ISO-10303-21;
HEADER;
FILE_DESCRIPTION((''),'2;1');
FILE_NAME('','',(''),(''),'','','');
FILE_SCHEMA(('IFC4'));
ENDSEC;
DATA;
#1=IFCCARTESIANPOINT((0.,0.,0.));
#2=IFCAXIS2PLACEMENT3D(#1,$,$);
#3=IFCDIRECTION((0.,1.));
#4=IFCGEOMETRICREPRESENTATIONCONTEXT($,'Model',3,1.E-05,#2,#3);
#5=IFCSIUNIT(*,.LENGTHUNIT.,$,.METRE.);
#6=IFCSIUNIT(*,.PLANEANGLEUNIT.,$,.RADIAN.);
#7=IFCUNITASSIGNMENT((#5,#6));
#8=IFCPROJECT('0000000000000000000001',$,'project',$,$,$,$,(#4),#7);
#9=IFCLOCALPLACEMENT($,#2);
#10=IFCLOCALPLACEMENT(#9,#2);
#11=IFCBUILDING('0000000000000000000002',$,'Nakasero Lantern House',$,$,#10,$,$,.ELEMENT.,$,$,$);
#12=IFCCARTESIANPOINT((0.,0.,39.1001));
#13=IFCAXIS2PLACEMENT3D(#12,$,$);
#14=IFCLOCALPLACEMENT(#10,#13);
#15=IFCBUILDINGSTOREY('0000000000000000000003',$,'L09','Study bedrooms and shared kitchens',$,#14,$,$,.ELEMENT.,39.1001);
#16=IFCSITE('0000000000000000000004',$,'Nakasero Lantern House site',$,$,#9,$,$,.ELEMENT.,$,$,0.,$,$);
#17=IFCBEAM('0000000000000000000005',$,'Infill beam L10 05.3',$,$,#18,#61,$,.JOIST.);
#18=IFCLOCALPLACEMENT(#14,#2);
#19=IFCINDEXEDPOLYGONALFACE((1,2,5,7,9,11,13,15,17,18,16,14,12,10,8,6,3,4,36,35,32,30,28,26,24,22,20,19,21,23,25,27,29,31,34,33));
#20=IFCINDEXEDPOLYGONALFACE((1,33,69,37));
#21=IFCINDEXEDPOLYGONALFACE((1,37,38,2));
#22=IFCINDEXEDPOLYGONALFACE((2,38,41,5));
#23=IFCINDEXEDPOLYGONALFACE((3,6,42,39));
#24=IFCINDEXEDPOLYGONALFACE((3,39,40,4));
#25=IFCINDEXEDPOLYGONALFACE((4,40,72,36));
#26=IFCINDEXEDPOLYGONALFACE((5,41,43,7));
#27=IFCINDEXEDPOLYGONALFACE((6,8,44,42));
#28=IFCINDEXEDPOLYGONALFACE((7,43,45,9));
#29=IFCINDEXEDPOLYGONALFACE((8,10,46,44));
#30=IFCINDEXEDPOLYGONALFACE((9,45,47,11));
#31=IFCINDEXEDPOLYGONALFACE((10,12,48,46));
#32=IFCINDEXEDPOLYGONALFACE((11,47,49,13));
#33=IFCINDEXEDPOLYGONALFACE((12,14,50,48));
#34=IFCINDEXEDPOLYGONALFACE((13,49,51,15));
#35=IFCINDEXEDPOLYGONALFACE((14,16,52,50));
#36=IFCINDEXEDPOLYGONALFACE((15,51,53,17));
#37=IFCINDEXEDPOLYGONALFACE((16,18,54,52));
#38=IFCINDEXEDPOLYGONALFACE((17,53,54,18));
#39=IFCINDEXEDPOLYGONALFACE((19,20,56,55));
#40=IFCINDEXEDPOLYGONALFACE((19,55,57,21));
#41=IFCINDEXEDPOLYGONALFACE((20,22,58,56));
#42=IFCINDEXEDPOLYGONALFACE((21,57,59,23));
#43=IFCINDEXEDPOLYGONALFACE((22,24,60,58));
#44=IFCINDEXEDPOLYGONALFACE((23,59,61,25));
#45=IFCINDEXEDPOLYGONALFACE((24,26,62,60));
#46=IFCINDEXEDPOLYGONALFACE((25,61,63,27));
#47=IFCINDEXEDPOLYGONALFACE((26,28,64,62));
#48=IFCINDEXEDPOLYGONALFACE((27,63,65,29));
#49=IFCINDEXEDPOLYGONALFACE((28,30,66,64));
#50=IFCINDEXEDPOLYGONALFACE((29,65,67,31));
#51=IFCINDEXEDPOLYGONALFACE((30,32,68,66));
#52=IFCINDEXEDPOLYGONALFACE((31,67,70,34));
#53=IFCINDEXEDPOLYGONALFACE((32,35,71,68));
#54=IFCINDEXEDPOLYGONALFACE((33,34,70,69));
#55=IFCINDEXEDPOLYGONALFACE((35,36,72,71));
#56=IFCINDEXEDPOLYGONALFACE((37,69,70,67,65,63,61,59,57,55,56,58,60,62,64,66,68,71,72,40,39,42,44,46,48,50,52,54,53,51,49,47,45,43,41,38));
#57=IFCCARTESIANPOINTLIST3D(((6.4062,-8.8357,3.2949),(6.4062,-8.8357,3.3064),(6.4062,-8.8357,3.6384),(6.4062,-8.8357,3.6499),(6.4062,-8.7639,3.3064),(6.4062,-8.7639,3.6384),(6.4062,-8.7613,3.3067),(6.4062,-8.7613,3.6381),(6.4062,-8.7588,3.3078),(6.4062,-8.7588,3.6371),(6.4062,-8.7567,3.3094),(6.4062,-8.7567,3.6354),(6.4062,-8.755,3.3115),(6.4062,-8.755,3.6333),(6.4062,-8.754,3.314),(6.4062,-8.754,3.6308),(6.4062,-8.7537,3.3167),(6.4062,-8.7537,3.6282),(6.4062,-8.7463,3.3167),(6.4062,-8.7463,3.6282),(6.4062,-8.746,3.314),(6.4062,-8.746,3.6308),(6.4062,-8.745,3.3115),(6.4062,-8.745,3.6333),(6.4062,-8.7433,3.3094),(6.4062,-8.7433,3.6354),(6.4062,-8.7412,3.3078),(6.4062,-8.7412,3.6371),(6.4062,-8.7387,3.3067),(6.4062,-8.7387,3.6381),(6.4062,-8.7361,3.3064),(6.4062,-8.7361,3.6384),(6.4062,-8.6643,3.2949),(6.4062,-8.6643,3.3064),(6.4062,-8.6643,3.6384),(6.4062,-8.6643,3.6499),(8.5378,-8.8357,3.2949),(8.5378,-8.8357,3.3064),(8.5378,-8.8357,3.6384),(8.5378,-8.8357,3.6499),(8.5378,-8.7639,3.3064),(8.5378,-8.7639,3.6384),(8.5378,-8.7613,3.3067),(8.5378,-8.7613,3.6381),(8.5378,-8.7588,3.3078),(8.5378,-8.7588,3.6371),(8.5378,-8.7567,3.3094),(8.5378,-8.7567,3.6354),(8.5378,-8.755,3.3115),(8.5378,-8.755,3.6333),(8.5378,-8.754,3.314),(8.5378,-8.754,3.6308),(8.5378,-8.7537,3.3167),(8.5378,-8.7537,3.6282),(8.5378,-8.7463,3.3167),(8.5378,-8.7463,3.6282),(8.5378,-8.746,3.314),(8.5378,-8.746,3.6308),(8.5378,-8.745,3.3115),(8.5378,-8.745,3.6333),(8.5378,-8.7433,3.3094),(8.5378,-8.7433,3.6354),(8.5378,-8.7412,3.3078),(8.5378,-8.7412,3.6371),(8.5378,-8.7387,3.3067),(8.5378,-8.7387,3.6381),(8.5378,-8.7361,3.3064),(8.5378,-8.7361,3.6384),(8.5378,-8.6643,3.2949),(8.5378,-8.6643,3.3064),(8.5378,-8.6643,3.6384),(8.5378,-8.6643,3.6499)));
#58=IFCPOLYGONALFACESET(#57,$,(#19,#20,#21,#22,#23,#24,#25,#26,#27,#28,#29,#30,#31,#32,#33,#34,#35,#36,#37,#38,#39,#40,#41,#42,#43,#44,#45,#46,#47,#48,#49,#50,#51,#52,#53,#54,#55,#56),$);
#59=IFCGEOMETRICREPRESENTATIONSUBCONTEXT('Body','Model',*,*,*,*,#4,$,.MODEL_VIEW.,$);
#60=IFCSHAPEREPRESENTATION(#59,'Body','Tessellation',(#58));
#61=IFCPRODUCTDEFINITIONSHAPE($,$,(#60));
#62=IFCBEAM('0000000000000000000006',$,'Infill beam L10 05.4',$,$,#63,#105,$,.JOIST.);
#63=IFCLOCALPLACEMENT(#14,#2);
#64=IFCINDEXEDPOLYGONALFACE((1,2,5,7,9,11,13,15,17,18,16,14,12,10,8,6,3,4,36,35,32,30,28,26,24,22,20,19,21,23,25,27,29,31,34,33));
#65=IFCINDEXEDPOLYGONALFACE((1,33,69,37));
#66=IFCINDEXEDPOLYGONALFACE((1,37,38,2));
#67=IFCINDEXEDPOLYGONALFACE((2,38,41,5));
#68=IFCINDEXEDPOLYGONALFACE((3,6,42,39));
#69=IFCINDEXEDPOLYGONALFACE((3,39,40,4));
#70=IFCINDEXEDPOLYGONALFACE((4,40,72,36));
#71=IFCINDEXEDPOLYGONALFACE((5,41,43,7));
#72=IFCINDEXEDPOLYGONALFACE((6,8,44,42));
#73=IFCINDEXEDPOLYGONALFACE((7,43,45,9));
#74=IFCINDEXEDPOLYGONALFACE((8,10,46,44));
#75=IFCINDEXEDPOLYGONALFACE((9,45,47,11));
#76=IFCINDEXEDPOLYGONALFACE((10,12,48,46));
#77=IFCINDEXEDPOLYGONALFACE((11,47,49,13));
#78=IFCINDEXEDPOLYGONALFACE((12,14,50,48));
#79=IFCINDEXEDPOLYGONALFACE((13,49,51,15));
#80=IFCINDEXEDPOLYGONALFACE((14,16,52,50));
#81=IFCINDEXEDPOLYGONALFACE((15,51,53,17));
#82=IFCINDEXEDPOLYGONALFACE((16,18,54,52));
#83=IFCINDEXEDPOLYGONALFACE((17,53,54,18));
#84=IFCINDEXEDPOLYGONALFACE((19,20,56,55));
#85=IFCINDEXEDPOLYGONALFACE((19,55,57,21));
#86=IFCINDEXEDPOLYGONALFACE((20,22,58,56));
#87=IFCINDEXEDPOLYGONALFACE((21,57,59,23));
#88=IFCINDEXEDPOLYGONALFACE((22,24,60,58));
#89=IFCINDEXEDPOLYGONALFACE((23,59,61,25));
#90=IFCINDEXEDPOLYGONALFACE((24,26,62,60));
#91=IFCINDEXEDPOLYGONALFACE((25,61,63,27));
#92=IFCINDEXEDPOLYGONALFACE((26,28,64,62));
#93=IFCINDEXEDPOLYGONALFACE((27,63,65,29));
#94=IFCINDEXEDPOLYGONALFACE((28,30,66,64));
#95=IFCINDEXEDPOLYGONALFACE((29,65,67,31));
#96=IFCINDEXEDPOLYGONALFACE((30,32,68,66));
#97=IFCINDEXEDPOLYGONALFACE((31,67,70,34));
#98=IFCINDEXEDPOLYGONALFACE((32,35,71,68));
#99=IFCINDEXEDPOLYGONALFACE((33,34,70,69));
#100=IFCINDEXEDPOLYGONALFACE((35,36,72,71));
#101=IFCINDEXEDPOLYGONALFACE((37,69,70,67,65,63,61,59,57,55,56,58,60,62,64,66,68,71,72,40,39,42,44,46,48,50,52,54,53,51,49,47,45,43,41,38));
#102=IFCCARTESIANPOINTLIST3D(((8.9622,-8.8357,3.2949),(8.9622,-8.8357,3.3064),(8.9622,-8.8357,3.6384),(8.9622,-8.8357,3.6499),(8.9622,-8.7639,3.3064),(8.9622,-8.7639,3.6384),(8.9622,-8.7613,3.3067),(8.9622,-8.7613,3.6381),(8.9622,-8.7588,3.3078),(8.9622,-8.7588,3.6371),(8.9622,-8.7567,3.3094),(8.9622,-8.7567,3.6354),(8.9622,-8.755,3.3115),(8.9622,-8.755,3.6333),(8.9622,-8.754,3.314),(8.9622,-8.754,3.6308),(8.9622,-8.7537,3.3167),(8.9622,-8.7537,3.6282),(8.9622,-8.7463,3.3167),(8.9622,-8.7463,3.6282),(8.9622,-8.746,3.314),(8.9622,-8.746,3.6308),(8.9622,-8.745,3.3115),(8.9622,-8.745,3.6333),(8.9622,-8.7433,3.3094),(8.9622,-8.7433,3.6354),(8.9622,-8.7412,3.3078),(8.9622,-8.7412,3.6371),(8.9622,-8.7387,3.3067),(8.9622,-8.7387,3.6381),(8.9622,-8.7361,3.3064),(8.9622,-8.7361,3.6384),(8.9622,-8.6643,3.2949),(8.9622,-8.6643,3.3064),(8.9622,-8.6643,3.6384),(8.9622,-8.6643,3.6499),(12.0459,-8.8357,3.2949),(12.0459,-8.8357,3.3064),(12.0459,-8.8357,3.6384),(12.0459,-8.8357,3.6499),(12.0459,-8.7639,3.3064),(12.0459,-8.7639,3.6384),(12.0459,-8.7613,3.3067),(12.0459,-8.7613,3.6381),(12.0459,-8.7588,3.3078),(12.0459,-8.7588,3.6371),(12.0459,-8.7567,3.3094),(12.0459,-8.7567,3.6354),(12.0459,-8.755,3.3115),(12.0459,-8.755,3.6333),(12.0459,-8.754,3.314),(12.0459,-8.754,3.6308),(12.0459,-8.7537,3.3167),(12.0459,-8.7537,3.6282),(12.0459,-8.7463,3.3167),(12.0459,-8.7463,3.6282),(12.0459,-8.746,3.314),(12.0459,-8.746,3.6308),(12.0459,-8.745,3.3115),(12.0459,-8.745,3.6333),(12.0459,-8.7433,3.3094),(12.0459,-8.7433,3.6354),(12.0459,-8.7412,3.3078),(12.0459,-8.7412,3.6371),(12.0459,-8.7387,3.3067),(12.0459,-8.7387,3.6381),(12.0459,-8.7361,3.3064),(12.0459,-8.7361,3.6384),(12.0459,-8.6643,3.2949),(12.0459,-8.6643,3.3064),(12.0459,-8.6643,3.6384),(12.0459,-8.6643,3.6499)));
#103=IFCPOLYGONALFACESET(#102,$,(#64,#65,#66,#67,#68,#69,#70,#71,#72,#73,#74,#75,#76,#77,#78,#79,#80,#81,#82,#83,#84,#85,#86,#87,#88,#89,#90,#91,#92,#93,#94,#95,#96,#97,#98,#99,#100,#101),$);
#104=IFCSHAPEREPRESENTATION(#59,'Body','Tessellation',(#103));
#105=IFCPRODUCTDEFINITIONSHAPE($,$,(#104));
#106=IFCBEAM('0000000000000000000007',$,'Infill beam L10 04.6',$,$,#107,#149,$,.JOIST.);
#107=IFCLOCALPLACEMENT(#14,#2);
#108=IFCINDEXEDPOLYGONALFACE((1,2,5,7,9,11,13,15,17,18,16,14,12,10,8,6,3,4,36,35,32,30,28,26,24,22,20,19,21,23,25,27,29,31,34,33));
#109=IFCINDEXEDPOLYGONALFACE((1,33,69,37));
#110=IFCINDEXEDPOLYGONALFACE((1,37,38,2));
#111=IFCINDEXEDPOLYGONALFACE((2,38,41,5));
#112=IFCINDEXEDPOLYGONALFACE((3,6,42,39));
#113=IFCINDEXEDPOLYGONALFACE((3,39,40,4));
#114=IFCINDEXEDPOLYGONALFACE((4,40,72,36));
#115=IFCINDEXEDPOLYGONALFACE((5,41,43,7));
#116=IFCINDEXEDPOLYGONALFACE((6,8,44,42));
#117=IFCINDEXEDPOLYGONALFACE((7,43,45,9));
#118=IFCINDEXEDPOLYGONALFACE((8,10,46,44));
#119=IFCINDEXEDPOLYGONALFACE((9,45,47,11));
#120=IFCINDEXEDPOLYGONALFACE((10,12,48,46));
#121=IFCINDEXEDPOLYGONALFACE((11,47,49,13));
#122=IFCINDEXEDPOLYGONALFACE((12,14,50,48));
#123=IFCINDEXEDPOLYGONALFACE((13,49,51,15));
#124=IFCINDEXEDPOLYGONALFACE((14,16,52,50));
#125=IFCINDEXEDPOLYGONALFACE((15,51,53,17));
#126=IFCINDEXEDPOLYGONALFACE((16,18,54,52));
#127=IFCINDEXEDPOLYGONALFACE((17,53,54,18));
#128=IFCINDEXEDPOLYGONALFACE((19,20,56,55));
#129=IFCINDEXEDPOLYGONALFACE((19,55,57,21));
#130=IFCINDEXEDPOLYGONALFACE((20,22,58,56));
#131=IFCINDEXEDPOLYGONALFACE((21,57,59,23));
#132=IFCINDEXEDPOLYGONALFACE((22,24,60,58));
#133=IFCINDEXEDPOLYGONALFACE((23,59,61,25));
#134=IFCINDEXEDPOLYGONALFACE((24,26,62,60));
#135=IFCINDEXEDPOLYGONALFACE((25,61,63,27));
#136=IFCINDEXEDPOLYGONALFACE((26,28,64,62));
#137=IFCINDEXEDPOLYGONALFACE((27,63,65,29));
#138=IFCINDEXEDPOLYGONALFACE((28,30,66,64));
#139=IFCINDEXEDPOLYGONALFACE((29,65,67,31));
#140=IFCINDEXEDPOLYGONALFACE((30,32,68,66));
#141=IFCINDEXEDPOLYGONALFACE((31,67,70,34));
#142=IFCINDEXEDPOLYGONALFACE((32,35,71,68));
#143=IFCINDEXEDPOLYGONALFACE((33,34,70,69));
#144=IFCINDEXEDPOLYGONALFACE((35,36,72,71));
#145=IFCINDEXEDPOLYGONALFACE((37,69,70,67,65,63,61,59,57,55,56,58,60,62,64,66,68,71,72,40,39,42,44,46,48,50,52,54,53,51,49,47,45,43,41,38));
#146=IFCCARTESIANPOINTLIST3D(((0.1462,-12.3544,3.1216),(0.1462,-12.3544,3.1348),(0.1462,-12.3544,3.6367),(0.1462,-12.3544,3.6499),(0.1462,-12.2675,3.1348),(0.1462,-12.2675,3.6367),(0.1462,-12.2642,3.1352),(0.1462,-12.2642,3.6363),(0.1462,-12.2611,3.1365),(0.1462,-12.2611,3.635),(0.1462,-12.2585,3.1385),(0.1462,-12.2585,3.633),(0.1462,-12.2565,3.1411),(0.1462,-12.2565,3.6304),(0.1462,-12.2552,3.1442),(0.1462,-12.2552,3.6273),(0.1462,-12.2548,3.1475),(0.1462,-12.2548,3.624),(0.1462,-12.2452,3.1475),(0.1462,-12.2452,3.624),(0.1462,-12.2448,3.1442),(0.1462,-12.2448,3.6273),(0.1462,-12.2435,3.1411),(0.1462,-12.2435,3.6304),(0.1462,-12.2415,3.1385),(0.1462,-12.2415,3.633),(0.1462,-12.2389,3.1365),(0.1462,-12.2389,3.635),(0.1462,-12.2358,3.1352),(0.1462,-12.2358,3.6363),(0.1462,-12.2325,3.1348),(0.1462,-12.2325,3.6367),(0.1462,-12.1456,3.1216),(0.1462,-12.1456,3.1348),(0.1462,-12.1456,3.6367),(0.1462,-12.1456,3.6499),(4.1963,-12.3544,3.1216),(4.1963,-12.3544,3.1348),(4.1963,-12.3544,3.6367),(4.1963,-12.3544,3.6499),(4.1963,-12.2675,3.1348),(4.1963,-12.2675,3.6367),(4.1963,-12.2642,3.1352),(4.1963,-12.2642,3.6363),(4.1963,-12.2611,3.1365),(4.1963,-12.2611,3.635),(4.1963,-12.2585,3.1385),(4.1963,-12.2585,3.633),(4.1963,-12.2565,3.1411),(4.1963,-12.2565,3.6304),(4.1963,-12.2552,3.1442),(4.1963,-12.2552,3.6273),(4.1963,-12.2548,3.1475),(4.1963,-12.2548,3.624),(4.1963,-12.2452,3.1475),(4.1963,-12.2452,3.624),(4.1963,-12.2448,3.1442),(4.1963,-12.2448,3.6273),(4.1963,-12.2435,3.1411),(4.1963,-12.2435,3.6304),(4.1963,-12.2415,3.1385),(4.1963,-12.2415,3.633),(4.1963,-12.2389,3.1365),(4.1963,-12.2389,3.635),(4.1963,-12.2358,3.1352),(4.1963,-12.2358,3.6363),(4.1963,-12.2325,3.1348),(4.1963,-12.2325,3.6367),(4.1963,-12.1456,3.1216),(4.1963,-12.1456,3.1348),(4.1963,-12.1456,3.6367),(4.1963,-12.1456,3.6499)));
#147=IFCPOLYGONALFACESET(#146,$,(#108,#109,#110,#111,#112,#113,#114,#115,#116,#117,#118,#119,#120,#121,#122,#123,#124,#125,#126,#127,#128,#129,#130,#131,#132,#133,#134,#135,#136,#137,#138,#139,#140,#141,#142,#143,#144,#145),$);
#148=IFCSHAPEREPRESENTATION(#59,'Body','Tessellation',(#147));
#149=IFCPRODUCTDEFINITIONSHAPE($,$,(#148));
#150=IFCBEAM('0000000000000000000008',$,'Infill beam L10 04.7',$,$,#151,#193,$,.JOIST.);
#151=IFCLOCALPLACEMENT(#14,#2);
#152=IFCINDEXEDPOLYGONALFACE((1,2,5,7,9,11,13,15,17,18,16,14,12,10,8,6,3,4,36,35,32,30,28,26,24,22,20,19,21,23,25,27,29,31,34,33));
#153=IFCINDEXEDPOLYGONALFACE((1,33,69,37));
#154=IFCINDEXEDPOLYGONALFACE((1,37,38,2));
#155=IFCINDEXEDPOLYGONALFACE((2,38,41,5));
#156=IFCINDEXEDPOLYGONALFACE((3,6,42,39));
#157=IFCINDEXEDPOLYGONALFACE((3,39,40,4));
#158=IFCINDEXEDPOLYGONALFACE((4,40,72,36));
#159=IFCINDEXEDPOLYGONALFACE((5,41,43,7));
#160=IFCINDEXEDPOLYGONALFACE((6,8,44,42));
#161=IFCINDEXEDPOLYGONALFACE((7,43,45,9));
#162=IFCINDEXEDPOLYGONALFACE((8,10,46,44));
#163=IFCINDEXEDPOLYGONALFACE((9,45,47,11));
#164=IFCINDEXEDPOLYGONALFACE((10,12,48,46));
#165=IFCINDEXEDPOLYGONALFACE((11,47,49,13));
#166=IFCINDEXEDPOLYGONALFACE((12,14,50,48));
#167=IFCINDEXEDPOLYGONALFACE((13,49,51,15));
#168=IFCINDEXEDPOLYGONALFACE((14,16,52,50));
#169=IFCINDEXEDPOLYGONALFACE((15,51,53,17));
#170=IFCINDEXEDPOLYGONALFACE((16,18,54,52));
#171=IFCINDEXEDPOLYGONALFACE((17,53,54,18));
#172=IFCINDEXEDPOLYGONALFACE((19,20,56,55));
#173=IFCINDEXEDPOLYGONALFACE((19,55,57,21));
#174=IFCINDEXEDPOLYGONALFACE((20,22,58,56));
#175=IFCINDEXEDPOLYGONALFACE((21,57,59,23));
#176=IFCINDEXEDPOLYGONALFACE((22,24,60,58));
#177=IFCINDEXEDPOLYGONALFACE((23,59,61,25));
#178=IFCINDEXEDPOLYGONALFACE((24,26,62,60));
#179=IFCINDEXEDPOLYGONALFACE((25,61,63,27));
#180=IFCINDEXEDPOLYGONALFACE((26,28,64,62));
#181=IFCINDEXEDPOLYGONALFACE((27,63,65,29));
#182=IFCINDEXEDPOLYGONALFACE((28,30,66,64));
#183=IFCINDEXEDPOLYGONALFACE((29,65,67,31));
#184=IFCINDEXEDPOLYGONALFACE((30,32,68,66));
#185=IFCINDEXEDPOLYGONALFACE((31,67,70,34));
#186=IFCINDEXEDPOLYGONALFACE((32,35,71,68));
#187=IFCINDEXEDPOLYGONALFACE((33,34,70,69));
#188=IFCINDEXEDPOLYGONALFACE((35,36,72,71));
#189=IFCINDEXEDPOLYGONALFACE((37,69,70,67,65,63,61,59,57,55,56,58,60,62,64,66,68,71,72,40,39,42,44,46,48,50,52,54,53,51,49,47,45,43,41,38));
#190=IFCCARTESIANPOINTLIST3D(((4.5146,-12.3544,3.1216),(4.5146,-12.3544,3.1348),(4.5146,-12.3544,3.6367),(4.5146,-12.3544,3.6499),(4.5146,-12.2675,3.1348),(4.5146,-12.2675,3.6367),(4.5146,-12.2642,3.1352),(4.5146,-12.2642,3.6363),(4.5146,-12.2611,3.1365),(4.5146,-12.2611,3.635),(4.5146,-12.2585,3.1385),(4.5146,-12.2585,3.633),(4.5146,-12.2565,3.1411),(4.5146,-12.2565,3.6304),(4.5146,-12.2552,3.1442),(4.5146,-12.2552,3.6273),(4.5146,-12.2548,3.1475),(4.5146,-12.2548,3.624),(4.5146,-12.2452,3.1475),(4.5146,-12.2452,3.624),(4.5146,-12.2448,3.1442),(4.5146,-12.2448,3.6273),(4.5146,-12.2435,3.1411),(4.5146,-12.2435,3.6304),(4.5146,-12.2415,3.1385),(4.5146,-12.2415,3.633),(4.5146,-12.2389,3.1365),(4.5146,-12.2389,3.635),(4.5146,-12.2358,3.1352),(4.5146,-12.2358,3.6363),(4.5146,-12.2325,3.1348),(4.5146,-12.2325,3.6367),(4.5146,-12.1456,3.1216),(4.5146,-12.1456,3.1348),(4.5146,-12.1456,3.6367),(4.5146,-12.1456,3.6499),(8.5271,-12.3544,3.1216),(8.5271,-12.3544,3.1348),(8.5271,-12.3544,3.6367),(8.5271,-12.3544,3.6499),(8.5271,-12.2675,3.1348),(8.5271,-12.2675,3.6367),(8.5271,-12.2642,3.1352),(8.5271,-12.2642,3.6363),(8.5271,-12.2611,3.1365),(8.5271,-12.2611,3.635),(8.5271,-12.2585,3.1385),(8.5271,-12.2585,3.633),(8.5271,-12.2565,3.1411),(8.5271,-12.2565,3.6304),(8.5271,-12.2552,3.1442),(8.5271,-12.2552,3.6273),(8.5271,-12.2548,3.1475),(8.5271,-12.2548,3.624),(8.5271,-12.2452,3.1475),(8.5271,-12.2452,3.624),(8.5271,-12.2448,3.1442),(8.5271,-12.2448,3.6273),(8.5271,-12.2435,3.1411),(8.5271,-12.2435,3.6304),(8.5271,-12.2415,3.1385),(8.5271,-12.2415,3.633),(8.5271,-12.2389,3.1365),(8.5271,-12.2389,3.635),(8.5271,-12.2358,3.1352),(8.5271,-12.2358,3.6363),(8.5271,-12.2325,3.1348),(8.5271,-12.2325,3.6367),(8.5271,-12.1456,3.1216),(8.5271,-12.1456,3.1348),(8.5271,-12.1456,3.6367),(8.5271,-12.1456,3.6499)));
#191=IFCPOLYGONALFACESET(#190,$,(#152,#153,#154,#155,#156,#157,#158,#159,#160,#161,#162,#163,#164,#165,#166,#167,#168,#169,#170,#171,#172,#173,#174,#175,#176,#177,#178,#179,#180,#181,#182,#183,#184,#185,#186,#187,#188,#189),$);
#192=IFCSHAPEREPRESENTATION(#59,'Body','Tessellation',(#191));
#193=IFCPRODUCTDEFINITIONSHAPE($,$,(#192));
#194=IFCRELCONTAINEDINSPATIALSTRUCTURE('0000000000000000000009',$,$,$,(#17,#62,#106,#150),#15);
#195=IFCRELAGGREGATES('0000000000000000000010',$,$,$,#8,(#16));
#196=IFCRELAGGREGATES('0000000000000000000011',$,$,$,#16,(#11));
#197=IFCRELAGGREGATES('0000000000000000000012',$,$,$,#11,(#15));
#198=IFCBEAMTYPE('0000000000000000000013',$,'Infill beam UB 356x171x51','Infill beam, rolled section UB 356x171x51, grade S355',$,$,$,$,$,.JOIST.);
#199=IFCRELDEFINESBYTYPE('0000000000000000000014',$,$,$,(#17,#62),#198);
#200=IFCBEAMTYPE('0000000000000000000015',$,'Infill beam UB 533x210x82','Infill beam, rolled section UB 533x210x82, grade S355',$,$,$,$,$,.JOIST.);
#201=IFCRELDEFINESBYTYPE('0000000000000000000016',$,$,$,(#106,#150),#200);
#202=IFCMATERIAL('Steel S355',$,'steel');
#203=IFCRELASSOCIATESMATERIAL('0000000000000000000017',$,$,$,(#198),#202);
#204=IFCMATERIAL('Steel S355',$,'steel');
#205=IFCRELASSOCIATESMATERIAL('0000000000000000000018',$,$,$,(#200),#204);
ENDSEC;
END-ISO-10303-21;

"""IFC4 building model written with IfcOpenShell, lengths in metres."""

from ifc_helpers import new_model, si_unit, direction, frame, origin, origin_2d, place, context, subcontext, project, spatial, i_section, extrude, material, material_profile, profile_set, type_object, element, save


model = new_model("IFC4")

# Units and contexts
model_context = context("Model", 3, precision=1e-05, world=origin(), true_north=direction((0.0, 1.0)))
body_context = subcontext(model_context, "Body", "Model", "MODEL_VIEW")
ifc_project = project(units=[si_unit("LENGTHUNIT", "METRE"), si_unit("PLANEANGLEUNIT", "RADIAN")], contexts=[model_context])

# Site, building, storey
site_placement = place(None, origin())
site = spatial("IfcSite", under=ifc_project, at=site_placement, Name="Nakasero Lantern House site", CompositionType="ELEMENT", RefElevation=0.0)
building_placement = place(site_placement, origin())
building = spatial("IfcBuilding", under=site, at=building_placement, Name="Nakasero Lantern House", CompositionType="ELEMENT")
storey_placement = place(building_placement, frame((0.0, 0.0, 39.1001)))
storey = spatial("IfcBuildingStorey", under=building, at=storey_placement, Name="L09", Description="Study bedrooms and shared kitchens", CompositionType="ELEMENT", Elevation=39.1001)

# Beams
ifc_material_1 = material(Name="Steel S355", Category="steel")
ifc_material_profile_1 = material_profile(ifc_material_1, i_section(OverallWidth=0.1714, OverallDepth=0.355, WebThickness=0.0073, FlangeThickness=0.0115, FilletRadius=0.0103, at=origin_2d()), Name="UB 356x171x51")
ifc_profile_set_1 = profile_set([ifc_material_profile_1], Name="Steel S355")
beam_type_1 = type_object("IfcBeamType", Name="Infill beam UB 356x171x51", Description="Infill beam, rolled section UB 356x171x51, grade S355", PredefinedType="JOIST", material=ifc_profile_set_1)
beam_1_placement = place(storey_placement, frame((6.4062, -8.75, 3.4724), z_axis=(1.0, 0.0, 0.0), x_axis=(0.0, 1.0, 0.0)))
element("IfcBeam", 1, at=beam_1_placement, inside=storey, type_object=beam_type_1, Name="Infill beam L10 05.3", PredefinedType="JOIST", context=body_context, shape_type="SweptSolid", body=[
    extrude(i_section(OverallWidth=0.1714, OverallDepth=0.355, WebThickness=0.0073, FlangeThickness=0.0115, FilletRadius=0.0103, at=origin_2d()), origin(), (0.0, 0.0, 1.0), 2.1316),
])
beam_2_placement = place(storey_placement, frame((8.9622, -8.75, 3.4724), z_axis=(1.0, 0.0, 0.0), x_axis=(0.0, 1.0, 0.0)))
element("IfcBeam", 2, at=beam_2_placement, inside=storey, type_object=beam_type_1, Name="Infill beam L10 05.4", PredefinedType="JOIST", context=body_context, shape_type="SweptSolid", body=[
    extrude(i_section(OverallWidth=0.1714, OverallDepth=0.355, WebThickness=0.0073, FlangeThickness=0.0115, FilletRadius=0.0103, at=origin_2d()), origin(), (0.0, 0.0, 1.0), 3.0837),
])
ifc_material_2 = material(Name="Steel S355", Category="steel")
ifc_material_profile_2 = material_profile(ifc_material_2, i_section(OverallWidth=0.2087, OverallDepth=0.5283, WebThickness=0.0095, FlangeThickness=0.0132, FilletRadius=0.0127, at=origin_2d()), Name="UB 533x210x82")
ifc_profile_set_2 = profile_set([ifc_material_profile_2], Name="Steel S355")
beam_type_2 = type_object("IfcBeamType", Name="Infill beam UB 533x210x82", Description="Infill beam, rolled section UB 533x210x82, grade S355", PredefinedType="JOIST", material=ifc_profile_set_2)
beam_3_placement = place(storey_placement, frame((0.1462, -12.25, 3.3857), z_axis=(1.0, 0.0, 0.0), x_axis=(0.0, 1.0, 0.0)))
element("IfcBeam", 3, at=beam_3_placement, inside=storey, type_object=beam_type_2, Name="Infill beam L10 04.6", PredefinedType="JOIST", context=body_context, shape_type="SweptSolid", body=[
    extrude(i_section(OverallWidth=0.2087, OverallDepth=0.5283, WebThickness=0.0095, FlangeThickness=0.0132, FilletRadius=0.0127, at=origin_2d()), origin(), (0.0, 0.0, 1.0), 4.05),
])
beam_4_placement = place(storey_placement, frame((4.5146, -12.25, 3.3857), z_axis=(1.0, 0.0, 0.0), x_axis=(0.0, 1.0, 0.0)))
element("IfcBeam", 4, at=beam_4_placement, inside=storey, type_object=beam_type_2, Name="Infill beam L10 04.7", PredefinedType="JOIST", context=body_context, shape_type="SweptSolid", body=[
    extrude(i_section(OverallWidth=0.2087, OverallDepth=0.5283, WebThickness=0.0095, FlangeThickness=0.0132, FilletRadius=0.0127, at=origin_2d()), origin(), (0.0, 0.0, 1.0), 4.0125),
])

save(model, "model.ifc")
